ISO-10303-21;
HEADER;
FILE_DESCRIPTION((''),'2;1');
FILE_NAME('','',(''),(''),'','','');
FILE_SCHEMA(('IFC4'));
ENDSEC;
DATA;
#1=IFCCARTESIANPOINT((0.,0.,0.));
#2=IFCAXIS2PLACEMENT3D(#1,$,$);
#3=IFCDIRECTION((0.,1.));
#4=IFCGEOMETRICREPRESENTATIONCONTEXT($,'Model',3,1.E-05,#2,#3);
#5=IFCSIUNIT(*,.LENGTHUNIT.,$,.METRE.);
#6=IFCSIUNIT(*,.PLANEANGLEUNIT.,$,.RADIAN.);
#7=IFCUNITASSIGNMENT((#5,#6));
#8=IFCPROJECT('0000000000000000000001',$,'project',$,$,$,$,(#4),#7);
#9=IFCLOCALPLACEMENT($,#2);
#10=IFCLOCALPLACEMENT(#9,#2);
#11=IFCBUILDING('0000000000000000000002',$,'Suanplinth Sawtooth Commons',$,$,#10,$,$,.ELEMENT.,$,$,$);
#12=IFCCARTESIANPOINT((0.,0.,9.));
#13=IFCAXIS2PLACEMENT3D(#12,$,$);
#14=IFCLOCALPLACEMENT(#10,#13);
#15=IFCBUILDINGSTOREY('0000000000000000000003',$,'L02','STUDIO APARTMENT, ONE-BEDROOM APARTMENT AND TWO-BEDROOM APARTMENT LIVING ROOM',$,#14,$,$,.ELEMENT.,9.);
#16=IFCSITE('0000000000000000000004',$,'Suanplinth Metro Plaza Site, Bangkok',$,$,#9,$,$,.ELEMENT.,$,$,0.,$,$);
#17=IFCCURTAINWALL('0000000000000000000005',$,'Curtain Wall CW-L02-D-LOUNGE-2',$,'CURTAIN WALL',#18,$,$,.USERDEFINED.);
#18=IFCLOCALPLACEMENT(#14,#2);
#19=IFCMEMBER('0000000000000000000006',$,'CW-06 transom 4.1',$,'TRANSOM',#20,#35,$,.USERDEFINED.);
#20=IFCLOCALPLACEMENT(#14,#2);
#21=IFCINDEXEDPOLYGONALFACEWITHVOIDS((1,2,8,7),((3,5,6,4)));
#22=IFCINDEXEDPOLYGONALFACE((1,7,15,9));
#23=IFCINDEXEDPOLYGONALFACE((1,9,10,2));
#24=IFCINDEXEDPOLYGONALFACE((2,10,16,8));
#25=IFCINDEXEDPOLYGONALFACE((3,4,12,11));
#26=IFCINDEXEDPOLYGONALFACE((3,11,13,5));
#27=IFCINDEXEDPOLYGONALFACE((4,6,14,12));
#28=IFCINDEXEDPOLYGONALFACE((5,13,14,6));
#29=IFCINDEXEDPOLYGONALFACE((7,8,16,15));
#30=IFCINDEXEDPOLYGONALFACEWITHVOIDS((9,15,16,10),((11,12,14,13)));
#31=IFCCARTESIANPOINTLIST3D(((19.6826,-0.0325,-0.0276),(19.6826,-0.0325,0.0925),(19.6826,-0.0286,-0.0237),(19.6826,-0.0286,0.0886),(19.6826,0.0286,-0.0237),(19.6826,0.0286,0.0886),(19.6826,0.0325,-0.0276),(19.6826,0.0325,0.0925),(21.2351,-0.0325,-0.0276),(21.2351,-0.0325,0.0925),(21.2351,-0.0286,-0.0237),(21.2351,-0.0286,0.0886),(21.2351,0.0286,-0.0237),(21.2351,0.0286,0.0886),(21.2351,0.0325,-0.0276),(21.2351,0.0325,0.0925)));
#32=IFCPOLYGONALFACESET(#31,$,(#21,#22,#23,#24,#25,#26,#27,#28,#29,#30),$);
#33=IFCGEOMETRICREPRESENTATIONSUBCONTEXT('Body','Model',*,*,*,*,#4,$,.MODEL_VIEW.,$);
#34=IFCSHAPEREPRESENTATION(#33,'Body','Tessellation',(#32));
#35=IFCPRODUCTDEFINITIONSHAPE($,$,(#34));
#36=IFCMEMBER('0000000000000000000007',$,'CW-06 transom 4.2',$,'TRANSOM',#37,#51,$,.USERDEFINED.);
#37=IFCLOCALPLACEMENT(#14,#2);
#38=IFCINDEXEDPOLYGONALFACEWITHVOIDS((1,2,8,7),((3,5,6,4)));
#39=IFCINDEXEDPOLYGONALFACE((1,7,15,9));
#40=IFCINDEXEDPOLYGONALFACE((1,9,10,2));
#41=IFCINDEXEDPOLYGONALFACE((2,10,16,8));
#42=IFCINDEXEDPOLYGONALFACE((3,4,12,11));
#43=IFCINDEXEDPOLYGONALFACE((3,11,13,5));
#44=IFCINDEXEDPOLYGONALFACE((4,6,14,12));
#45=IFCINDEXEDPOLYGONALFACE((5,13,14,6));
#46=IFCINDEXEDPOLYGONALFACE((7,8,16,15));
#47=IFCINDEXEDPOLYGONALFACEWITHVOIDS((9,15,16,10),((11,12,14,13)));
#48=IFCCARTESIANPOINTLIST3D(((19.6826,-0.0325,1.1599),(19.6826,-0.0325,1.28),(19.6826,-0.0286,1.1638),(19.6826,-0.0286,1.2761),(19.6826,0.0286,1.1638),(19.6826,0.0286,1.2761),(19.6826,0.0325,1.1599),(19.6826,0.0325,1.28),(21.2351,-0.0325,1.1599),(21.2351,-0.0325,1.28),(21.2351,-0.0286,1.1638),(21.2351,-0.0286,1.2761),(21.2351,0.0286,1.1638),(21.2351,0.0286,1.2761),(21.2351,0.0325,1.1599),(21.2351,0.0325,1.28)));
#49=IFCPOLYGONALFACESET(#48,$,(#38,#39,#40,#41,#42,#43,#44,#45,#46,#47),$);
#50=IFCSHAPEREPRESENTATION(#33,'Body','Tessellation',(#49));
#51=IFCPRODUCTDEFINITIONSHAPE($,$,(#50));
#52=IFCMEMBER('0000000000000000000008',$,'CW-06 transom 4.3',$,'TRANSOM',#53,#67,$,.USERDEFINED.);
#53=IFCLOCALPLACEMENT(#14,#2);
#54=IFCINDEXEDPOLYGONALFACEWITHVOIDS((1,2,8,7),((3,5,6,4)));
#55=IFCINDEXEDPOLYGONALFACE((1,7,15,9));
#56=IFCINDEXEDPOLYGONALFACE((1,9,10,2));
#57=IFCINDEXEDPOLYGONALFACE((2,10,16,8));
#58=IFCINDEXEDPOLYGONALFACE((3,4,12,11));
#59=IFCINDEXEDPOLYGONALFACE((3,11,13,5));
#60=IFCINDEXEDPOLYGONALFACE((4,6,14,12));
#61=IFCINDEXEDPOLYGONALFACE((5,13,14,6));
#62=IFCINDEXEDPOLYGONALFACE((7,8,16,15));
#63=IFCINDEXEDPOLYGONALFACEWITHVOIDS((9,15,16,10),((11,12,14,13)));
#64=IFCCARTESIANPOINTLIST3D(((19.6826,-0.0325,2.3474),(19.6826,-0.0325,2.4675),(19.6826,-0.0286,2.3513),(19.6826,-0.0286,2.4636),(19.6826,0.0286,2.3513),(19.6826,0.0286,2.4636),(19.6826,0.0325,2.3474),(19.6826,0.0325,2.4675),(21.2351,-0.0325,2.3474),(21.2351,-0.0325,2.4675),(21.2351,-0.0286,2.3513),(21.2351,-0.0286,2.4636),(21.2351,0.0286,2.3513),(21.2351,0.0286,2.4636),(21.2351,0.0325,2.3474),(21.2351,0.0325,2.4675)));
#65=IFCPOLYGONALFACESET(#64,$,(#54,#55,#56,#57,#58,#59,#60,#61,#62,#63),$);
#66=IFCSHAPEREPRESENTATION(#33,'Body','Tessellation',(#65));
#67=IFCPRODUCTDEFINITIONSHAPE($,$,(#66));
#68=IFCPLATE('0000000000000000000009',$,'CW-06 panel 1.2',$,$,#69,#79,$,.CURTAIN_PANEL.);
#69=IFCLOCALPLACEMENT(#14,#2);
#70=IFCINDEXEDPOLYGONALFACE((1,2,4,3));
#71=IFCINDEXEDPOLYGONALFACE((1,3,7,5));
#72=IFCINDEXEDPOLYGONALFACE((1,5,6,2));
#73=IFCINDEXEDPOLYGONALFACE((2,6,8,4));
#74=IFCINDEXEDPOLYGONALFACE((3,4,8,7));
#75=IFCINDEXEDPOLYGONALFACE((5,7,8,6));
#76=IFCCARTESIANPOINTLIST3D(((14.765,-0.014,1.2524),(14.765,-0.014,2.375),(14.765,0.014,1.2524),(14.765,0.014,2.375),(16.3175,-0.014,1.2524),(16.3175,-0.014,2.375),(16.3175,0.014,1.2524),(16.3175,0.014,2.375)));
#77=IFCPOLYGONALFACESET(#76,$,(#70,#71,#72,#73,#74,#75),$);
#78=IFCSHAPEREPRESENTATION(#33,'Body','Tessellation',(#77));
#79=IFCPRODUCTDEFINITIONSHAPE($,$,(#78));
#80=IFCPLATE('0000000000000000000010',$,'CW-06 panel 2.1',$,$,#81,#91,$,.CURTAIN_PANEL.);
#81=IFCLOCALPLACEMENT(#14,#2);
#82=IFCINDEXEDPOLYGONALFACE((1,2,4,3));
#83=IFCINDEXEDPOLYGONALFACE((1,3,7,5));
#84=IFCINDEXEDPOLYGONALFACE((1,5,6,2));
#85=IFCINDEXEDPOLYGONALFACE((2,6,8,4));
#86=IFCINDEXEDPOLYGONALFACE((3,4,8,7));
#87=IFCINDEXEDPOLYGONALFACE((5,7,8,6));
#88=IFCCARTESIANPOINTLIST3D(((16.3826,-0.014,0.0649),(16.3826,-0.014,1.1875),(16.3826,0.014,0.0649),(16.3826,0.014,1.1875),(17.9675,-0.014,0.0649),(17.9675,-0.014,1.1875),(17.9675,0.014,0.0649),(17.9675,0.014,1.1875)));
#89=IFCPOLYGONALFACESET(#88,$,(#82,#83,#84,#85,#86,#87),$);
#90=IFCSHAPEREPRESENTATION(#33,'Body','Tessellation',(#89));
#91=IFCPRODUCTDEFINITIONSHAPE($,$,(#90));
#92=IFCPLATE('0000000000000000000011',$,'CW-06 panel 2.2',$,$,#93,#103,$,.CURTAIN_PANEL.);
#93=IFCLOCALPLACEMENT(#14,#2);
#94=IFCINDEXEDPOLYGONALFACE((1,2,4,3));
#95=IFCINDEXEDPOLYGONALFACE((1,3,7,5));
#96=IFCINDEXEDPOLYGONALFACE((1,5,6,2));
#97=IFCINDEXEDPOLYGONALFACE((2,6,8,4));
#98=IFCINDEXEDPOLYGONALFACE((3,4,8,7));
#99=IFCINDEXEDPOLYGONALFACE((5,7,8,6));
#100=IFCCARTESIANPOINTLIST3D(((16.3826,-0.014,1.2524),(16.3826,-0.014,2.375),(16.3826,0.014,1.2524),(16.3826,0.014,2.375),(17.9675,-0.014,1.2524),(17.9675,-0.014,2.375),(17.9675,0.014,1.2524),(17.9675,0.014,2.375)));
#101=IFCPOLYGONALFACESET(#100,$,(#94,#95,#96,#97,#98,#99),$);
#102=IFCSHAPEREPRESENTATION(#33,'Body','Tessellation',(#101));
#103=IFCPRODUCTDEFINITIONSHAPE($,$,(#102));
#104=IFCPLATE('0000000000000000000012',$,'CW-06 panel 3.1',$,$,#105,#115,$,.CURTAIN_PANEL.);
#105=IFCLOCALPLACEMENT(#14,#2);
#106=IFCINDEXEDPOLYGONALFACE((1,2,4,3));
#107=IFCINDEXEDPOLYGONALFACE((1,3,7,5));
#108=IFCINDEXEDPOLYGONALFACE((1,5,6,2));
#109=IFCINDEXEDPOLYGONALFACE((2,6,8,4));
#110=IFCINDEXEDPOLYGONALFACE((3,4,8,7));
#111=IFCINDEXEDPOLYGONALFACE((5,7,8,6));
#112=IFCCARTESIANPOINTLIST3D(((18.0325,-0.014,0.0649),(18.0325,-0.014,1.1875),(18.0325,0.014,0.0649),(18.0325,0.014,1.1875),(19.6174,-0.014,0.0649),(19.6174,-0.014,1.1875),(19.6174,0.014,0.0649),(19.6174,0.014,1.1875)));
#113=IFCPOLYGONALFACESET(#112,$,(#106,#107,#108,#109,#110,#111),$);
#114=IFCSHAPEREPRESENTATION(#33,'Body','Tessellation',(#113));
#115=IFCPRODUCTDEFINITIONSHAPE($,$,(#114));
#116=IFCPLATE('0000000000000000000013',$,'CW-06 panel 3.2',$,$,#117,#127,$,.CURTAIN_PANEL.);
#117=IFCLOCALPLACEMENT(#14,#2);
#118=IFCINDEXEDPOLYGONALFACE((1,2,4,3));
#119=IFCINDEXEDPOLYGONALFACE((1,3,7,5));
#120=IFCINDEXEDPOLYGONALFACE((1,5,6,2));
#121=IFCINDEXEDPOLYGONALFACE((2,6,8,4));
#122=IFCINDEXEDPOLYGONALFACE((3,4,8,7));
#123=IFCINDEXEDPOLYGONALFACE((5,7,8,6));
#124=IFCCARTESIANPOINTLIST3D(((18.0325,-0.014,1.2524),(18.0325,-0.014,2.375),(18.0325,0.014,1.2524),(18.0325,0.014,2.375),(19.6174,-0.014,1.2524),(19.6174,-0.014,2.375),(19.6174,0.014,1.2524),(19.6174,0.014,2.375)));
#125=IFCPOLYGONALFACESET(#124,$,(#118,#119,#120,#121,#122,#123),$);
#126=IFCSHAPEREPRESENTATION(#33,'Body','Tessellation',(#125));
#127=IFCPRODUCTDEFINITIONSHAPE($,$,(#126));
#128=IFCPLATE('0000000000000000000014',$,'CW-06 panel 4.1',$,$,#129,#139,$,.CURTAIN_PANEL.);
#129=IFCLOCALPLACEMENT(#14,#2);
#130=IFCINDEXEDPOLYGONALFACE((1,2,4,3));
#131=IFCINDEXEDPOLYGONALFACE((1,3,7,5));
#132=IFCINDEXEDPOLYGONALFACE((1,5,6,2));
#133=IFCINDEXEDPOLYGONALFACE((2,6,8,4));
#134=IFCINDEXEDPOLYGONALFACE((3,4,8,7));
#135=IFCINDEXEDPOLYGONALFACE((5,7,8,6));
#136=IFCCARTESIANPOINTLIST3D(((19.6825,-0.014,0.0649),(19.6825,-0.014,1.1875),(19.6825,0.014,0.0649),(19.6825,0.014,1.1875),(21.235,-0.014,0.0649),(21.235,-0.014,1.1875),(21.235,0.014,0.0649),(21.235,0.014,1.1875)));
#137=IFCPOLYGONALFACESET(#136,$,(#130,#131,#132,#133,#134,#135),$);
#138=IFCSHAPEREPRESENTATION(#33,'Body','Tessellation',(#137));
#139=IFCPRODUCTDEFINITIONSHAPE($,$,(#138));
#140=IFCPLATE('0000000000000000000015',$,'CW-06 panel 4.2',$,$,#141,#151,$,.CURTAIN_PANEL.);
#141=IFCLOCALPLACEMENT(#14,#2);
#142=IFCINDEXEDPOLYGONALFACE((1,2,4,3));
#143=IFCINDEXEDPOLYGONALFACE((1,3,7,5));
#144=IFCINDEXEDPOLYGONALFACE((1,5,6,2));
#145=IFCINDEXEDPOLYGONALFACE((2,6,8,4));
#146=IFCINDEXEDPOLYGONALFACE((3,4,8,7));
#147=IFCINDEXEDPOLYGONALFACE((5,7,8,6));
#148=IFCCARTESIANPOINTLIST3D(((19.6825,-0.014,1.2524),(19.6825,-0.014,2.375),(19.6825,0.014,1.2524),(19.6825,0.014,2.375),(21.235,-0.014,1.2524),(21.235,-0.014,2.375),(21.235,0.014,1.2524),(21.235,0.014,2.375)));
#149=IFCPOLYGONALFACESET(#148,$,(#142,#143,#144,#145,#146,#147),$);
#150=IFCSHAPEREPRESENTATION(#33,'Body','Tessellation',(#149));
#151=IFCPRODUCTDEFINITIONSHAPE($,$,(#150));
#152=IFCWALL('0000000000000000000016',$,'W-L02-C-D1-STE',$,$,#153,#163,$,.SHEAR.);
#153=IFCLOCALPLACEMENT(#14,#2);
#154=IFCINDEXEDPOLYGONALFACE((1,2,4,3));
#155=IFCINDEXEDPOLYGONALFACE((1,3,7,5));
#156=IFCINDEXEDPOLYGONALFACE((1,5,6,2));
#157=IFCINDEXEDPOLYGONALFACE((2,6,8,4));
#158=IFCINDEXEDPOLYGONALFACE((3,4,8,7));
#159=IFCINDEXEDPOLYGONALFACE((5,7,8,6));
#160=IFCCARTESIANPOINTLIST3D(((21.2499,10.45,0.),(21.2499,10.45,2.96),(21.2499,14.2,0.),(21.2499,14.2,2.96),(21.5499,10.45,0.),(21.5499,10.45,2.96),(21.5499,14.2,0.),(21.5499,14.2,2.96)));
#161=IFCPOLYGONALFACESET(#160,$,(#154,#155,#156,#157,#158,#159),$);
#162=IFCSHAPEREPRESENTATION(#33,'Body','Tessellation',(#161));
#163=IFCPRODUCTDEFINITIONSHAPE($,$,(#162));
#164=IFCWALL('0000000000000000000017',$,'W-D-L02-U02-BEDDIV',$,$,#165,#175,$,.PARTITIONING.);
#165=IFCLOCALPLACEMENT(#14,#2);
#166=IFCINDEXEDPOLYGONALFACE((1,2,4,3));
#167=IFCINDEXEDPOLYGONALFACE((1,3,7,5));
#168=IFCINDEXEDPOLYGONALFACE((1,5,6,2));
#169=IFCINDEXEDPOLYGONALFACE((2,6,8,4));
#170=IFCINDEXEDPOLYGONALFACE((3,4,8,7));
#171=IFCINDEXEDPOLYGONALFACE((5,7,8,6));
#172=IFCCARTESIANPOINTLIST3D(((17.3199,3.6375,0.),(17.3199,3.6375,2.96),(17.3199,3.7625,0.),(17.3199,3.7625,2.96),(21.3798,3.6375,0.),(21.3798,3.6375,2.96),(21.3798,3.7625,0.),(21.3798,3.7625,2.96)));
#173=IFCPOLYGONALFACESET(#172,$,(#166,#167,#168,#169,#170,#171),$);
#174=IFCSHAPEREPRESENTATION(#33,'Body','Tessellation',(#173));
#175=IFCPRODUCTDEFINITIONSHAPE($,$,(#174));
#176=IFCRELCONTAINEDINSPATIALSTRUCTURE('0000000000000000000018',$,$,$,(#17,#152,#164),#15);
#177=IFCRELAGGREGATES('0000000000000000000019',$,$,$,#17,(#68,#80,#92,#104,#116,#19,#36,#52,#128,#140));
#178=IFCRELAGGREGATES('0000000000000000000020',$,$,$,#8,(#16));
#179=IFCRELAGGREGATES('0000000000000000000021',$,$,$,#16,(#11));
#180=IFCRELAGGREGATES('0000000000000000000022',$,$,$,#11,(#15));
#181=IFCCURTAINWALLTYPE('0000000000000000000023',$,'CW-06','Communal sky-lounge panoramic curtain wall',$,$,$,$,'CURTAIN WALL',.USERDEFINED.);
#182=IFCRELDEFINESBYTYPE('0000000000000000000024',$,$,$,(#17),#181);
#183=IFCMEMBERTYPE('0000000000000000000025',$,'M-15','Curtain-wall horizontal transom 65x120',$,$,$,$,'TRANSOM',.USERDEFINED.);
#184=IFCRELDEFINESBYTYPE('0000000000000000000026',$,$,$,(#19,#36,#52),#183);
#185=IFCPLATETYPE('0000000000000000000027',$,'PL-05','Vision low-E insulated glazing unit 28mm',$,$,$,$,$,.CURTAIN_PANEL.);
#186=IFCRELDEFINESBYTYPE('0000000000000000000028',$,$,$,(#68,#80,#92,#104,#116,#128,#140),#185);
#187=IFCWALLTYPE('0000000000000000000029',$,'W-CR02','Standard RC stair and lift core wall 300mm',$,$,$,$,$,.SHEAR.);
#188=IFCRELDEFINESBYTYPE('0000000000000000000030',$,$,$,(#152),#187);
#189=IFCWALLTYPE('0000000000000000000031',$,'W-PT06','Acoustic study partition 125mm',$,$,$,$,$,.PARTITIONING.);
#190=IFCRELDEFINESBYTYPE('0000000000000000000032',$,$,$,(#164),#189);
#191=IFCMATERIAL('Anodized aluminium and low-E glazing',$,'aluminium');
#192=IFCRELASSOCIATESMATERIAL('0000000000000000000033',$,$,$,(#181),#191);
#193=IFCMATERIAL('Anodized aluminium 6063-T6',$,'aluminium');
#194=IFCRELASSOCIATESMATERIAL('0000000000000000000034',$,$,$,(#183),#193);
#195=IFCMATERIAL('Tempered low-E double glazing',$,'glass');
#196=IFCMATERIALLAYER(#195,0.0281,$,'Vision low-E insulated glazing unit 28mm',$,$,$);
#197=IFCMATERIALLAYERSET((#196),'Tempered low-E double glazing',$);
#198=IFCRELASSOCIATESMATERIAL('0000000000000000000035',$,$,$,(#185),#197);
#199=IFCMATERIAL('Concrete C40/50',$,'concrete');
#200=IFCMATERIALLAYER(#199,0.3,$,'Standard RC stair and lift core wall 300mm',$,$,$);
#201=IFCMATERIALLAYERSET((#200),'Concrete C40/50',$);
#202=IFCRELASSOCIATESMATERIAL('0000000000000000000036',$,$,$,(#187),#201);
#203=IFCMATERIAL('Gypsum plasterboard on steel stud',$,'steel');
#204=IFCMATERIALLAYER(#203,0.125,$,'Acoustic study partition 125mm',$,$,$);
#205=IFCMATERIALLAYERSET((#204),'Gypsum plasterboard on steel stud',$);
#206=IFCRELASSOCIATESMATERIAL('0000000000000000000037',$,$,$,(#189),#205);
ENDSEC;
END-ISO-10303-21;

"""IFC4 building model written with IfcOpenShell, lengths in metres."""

from ifc_helpers import new_model, si_unit, direction, frame, frame_2d, origin, origin_2d, place, context, subcontext, project, spatial, rectangle, hollow_rectangle, extrude, material, layer, layer_set, material_profile, profile_set, type_object, element, aggregate, save


model = new_model("IFC4")

# Units and contexts
model_context = context("Model", 3, precision=1e-05, world=origin(), true_north=direction((0.0, 1.0)))
body_context = subcontext(model_context, "Body", "Model", "MODEL_VIEW")
ifc_project = project(units=[si_unit("LENGTHUNIT", "METRE"), si_unit("PLANEANGLEUNIT", "RADIAN")], contexts=[model_context])

# Site, building, storey
site_placement = place(None, origin())
site = spatial("IfcSite", under=ifc_project, at=site_placement, Name="Suanplinth Metro Plaza Site, Bangkok", CompositionType="ELEMENT", RefElevation=0.0)
building_placement = place(site_placement, origin())
building = spatial("IfcBuilding", under=site, at=building_placement, Name="Suanplinth Sawtooth Commons", CompositionType="ELEMENT")
storey_placement = place(building_placement, frame((0.0, 0.0, 9.0)))
storey = spatial("IfcBuildingStorey", under=building, at=storey_placement, Name="L02", Description="STUDIO APARTMENT, ONE-BEDROOM APARTMENT AND TWO-BEDROOM APARTMENT LIVING ROOM", CompositionType="ELEMENT", Elevation=9.0)

# Curtain wall, members, plates
ifc_material_1 = material(Name="Anodized aluminium and low-E glazing", Category="aluminium")
curtain_wall_type = type_object("IfcCurtainWallType", Name="CW-06", Description="Communal sky-lounge panoramic curtain wall", ElementType="CURTAIN WALL", PredefinedType="USERDEFINED", material=ifc_material_1)
curtain_wall_placement = place(storey_placement, origin())
curtain_wall = element("IfcCurtainWall", 1, at=curtain_wall_placement, inside=storey, type_object=curtain_wall_type, Name="Curtain Wall CW-L02-D-LOUNGE-2", ObjectType="CURTAIN WALL", PredefinedType="USERDEFINED")
ifc_material_2 = material(Name="Anodized aluminium 6063-T6", Category="aluminium")
ifc_material_profile_1 = material_profile(ifc_material_2, hollow_rectangle(XDim=0.0649, YDim=0.1201, WallThickness=0.0039, at=origin_2d()), Name="ALU-TRN 65x120")
ifc_profile_set_1 = profile_set([ifc_material_profile_1], Name="Anodized aluminium 6063-T6")
member_type_1 = type_object("IfcMemberType", Name="M-15", Description="Curtain-wall horizontal transom 65x120", ElementType="TRANSOM", PredefinedType="USERDEFINED", material=ifc_profile_set_1)
member_1_placement = place(storey_placement, frame((19.6826, 0.0, 0.0325), z_axis=(1.0, 0.0, 0.0), x_axis=(0.0, 1.0, 0.0)))
member_1 = element("IfcMember", 2, at=member_1_placement, type_object=member_type_1, Name="CW-06 transom 4.1", ObjectType="TRANSOM", PredefinedType="USERDEFINED", context=body_context, shape_type="SweptSolid", body=[
    extrude(hollow_rectangle(XDim=0.0649, YDim=0.1201, WallThickness=0.0039, at=origin_2d()), origin(), (0.0, 0.0, 1.0), 1.5525),
])
member_2_placement = place(storey_placement, frame((19.6826, 0.0, 1.22), z_axis=(1.0, 0.0, 0.0), x_axis=(0.0, 1.0, 0.0)))
member_2 = element("IfcMember", 3, at=member_2_placement, type_object=member_type_1, Name="CW-06 transom 4.2", ObjectType="TRANSOM", PredefinedType="USERDEFINED", context=body_context, shape_type="SweptSolid", body=[
    extrude(hollow_rectangle(XDim=0.0649, YDim=0.1201, WallThickness=0.0039, at=origin_2d()), origin(), (0.0, 0.0, 1.0), 1.5525),
])
member_3_placement = place(storey_placement, frame((19.6826, 0.0, 2.4075), z_axis=(1.0, 0.0, 0.0), x_axis=(0.0, 1.0, 0.0)))
member_3 = element("IfcMember", 4, at=member_3_placement, type_object=member_type_1, Name="CW-06 transom 4.3", ObjectType="TRANSOM", PredefinedType="USERDEFINED", context=body_context, shape_type="SweptSolid", body=[
    extrude(hollow_rectangle(XDim=0.0649, YDim=0.1201, WallThickness=0.0039, at=origin_2d()), origin(), (0.0, 0.0, 1.0), 1.5525),
])
ifc_material_3 = material(Name="Tempered low-E double glazing", Category="glass")
ifc_layer_1 = layer(ifc_material_3, 0.0281, Name="Vision low-E insulated glazing unit 28mm")
ifc_layer_set_1 = layer_set([ifc_layer_1], Name="Tempered low-E double glazing")
plate_type = type_object("IfcPlateType", Name="PL-05", Description="Vision low-E insulated glazing unit 28mm", PredefinedType="CURTAIN_PANEL", material=ifc_layer_set_1)
plate_1_placement = place(storey_placement, frame((15.5413, 0.0, 1.2524), z_axis=(0.0, 0.0, 1.0), x_axis=(1.0, 0.0, 0.0)))
plate_1 = element("IfcPlate", 5, at=plate_1_placement, type_object=plate_type, Name="CW-06 panel 1.2", PredefinedType="CURTAIN_PANEL", context=body_context, shape_type="SweptSolid", body=[
    extrude(rectangle(XDim=1.5525, YDim=0.0281, at=origin_2d()), origin(), (0.0, 0.0, 1.0), 1.1226),
])
plate_2_placement = place(storey_placement, frame((17.175, 0.0, 0.0649), z_axis=(0.0, 0.0, 1.0), x_axis=(1.0, 0.0, 0.0)))
plate_2 = element("IfcPlate", 6, at=plate_2_placement, type_object=plate_type, Name="CW-06 panel 2.1", PredefinedType="CURTAIN_PANEL", context=body_context, shape_type="SweptSolid", body=[
    extrude(rectangle(XDim=1.585, YDim=0.0281, at=origin_2d()), origin(), (0.0, 0.0, 1.0), 1.1226),
])
plate_3_placement = place(storey_placement, frame((17.175, 0.0, 1.2524), z_axis=(0.0, 0.0, 1.0), x_axis=(1.0, 0.0, 0.0)))
plate_3 = element("IfcPlate", 7, at=plate_3_placement, type_object=plate_type, Name="CW-06 panel 2.2", PredefinedType="CURTAIN_PANEL", context=body_context, shape_type="SweptSolid", body=[
    extrude(rectangle(XDim=1.585, YDim=0.0281, at=origin_2d()), origin(), (0.0, 0.0, 1.0), 1.1226),
])
plate_4_placement = place(storey_placement, frame((18.825, 0.0, 0.0649), z_axis=(0.0, 0.0, 1.0), x_axis=(1.0, 0.0, 0.0)))
plate_4 = element("IfcPlate", 8, at=plate_4_placement, type_object=plate_type, Name="CW-06 panel 3.1", PredefinedType="CURTAIN_PANEL", context=body_context, shape_type="SweptSolid", body=[
    extrude(rectangle(XDim=1.585, YDim=0.0281, at=origin_2d()), origin(), (0.0, 0.0, 1.0), 1.1226),
])
plate_5_placement = place(storey_placement, frame((18.825, 0.0, 1.2524), z_axis=(0.0, 0.0, 1.0), x_axis=(1.0, 0.0, 0.0)))
plate_5 = element("IfcPlate", 9, at=plate_5_placement, type_object=plate_type, Name="CW-06 panel 3.2", PredefinedType="CURTAIN_PANEL", context=body_context, shape_type="SweptSolid", body=[
    extrude(rectangle(XDim=1.585, YDim=0.0281, at=origin_2d()), origin(), (0.0, 0.0, 1.0), 1.1226),
])
plate_6_placement = place(storey_placement, frame((20.4587, 0.0, 0.0649), z_axis=(0.0, 0.0, 1.0), x_axis=(1.0, 0.0, 0.0)))
plate_6 = element("IfcPlate", 10, at=plate_6_placement, type_object=plate_type, Name="CW-06 panel 4.1", PredefinedType="CURTAIN_PANEL", context=body_context, shape_type="SweptSolid", body=[
    extrude(rectangle(XDim=1.5525, YDim=0.0281, at=origin_2d()), origin(), (0.0, 0.0, 1.0), 1.1226),
])
plate_7_placement = place(storey_placement, frame((20.4587, 0.0, 1.2524), z_axis=(0.0, 0.0, 1.0), x_axis=(1.0, 0.0, 0.0)))
plate_7 = element("IfcPlate", 11, at=plate_7_placement, type_object=plate_type, Name="CW-06 panel 4.2", PredefinedType="CURTAIN_PANEL", context=body_context, shape_type="SweptSolid", body=[
    extrude(rectangle(XDim=1.5525, YDim=0.0281, at=origin_2d()), origin(), (0.0, 0.0, 1.0), 1.1226),
])
aggregate(curtain_wall, [plate_1, plate_2, plate_3, plate_4, plate_5, member_1, member_2, member_3, plate_6, plate_7])

# Wall
ifc_material_4 = material(Name="Concrete C40/50", Category="concrete")
ifc_layer_2 = layer(ifc_material_4, 0.3, Name="Standard RC stair and lift core wall 300mm")
ifc_layer_set_2 = layer_set([ifc_layer_2], Name="Concrete C40/50")
wall_type_1 = type_object("IfcWallType", Name="W-CR02", Description="Standard RC stair and lift core wall 300mm", PredefinedType="SHEAR", material=ifc_layer_set_2)
wall_1_placement = place(storey_placement, frame((21.3999, 10.45, 0.0), z_axis=(0.0, 0.0, 1.0), x_axis=(0.0, 1.0, 0.0)))
element("IfcWall", 12, at=wall_1_placement, inside=storey, type_object=wall_type_1, Name="W-L02-C-D1-STE", PredefinedType="SHEAR", context=body_context, shape_type="SweptSolid", body=[
    extrude(rectangle(XDim=3.75, YDim=0.3, at=frame_2d((1.875, 0.0))), origin(), (0.0, 0.0, 1.0), 2.96),
])

# Shared definitions
ifc_material_5 = material(Name="Gypsum plasterboard on steel stud", Category="steel")

# Wall
ifc_layer_3 = layer(ifc_material_5, 0.125, Name="Acoustic study partition 125mm")
ifc_layer_set_3 = layer_set([ifc_layer_3], Name="Gypsum plasterboard on steel stud")
wall_type_2 = type_object("IfcWallType", Name="W-PT06", Description="Acoustic study partition 125mm", PredefinedType="PARTITIONING", material=ifc_layer_set_3)
wall_2_placement = place(storey_placement, frame((17.3201, 3.7, 0.0), z_axis=(0.0, 0.0, 1.0), x_axis=(1.0, 0.0, 0.0)))
element("IfcWall", 13, at=wall_2_placement, inside=storey, type_object=wall_type_2, Name="W-D-L02-U02-BEDDIV", PredefinedType="PARTITIONING", context=body_context, shape_type="SweptSolid", body=[
    extrude(rectangle(XDim=4.0598, YDim=0.125, at=frame_2d((2.0298, 0.0))), origin(), (0.0, 0.0, 1.0), 2.96),
])

save(model, "model.ifc")
